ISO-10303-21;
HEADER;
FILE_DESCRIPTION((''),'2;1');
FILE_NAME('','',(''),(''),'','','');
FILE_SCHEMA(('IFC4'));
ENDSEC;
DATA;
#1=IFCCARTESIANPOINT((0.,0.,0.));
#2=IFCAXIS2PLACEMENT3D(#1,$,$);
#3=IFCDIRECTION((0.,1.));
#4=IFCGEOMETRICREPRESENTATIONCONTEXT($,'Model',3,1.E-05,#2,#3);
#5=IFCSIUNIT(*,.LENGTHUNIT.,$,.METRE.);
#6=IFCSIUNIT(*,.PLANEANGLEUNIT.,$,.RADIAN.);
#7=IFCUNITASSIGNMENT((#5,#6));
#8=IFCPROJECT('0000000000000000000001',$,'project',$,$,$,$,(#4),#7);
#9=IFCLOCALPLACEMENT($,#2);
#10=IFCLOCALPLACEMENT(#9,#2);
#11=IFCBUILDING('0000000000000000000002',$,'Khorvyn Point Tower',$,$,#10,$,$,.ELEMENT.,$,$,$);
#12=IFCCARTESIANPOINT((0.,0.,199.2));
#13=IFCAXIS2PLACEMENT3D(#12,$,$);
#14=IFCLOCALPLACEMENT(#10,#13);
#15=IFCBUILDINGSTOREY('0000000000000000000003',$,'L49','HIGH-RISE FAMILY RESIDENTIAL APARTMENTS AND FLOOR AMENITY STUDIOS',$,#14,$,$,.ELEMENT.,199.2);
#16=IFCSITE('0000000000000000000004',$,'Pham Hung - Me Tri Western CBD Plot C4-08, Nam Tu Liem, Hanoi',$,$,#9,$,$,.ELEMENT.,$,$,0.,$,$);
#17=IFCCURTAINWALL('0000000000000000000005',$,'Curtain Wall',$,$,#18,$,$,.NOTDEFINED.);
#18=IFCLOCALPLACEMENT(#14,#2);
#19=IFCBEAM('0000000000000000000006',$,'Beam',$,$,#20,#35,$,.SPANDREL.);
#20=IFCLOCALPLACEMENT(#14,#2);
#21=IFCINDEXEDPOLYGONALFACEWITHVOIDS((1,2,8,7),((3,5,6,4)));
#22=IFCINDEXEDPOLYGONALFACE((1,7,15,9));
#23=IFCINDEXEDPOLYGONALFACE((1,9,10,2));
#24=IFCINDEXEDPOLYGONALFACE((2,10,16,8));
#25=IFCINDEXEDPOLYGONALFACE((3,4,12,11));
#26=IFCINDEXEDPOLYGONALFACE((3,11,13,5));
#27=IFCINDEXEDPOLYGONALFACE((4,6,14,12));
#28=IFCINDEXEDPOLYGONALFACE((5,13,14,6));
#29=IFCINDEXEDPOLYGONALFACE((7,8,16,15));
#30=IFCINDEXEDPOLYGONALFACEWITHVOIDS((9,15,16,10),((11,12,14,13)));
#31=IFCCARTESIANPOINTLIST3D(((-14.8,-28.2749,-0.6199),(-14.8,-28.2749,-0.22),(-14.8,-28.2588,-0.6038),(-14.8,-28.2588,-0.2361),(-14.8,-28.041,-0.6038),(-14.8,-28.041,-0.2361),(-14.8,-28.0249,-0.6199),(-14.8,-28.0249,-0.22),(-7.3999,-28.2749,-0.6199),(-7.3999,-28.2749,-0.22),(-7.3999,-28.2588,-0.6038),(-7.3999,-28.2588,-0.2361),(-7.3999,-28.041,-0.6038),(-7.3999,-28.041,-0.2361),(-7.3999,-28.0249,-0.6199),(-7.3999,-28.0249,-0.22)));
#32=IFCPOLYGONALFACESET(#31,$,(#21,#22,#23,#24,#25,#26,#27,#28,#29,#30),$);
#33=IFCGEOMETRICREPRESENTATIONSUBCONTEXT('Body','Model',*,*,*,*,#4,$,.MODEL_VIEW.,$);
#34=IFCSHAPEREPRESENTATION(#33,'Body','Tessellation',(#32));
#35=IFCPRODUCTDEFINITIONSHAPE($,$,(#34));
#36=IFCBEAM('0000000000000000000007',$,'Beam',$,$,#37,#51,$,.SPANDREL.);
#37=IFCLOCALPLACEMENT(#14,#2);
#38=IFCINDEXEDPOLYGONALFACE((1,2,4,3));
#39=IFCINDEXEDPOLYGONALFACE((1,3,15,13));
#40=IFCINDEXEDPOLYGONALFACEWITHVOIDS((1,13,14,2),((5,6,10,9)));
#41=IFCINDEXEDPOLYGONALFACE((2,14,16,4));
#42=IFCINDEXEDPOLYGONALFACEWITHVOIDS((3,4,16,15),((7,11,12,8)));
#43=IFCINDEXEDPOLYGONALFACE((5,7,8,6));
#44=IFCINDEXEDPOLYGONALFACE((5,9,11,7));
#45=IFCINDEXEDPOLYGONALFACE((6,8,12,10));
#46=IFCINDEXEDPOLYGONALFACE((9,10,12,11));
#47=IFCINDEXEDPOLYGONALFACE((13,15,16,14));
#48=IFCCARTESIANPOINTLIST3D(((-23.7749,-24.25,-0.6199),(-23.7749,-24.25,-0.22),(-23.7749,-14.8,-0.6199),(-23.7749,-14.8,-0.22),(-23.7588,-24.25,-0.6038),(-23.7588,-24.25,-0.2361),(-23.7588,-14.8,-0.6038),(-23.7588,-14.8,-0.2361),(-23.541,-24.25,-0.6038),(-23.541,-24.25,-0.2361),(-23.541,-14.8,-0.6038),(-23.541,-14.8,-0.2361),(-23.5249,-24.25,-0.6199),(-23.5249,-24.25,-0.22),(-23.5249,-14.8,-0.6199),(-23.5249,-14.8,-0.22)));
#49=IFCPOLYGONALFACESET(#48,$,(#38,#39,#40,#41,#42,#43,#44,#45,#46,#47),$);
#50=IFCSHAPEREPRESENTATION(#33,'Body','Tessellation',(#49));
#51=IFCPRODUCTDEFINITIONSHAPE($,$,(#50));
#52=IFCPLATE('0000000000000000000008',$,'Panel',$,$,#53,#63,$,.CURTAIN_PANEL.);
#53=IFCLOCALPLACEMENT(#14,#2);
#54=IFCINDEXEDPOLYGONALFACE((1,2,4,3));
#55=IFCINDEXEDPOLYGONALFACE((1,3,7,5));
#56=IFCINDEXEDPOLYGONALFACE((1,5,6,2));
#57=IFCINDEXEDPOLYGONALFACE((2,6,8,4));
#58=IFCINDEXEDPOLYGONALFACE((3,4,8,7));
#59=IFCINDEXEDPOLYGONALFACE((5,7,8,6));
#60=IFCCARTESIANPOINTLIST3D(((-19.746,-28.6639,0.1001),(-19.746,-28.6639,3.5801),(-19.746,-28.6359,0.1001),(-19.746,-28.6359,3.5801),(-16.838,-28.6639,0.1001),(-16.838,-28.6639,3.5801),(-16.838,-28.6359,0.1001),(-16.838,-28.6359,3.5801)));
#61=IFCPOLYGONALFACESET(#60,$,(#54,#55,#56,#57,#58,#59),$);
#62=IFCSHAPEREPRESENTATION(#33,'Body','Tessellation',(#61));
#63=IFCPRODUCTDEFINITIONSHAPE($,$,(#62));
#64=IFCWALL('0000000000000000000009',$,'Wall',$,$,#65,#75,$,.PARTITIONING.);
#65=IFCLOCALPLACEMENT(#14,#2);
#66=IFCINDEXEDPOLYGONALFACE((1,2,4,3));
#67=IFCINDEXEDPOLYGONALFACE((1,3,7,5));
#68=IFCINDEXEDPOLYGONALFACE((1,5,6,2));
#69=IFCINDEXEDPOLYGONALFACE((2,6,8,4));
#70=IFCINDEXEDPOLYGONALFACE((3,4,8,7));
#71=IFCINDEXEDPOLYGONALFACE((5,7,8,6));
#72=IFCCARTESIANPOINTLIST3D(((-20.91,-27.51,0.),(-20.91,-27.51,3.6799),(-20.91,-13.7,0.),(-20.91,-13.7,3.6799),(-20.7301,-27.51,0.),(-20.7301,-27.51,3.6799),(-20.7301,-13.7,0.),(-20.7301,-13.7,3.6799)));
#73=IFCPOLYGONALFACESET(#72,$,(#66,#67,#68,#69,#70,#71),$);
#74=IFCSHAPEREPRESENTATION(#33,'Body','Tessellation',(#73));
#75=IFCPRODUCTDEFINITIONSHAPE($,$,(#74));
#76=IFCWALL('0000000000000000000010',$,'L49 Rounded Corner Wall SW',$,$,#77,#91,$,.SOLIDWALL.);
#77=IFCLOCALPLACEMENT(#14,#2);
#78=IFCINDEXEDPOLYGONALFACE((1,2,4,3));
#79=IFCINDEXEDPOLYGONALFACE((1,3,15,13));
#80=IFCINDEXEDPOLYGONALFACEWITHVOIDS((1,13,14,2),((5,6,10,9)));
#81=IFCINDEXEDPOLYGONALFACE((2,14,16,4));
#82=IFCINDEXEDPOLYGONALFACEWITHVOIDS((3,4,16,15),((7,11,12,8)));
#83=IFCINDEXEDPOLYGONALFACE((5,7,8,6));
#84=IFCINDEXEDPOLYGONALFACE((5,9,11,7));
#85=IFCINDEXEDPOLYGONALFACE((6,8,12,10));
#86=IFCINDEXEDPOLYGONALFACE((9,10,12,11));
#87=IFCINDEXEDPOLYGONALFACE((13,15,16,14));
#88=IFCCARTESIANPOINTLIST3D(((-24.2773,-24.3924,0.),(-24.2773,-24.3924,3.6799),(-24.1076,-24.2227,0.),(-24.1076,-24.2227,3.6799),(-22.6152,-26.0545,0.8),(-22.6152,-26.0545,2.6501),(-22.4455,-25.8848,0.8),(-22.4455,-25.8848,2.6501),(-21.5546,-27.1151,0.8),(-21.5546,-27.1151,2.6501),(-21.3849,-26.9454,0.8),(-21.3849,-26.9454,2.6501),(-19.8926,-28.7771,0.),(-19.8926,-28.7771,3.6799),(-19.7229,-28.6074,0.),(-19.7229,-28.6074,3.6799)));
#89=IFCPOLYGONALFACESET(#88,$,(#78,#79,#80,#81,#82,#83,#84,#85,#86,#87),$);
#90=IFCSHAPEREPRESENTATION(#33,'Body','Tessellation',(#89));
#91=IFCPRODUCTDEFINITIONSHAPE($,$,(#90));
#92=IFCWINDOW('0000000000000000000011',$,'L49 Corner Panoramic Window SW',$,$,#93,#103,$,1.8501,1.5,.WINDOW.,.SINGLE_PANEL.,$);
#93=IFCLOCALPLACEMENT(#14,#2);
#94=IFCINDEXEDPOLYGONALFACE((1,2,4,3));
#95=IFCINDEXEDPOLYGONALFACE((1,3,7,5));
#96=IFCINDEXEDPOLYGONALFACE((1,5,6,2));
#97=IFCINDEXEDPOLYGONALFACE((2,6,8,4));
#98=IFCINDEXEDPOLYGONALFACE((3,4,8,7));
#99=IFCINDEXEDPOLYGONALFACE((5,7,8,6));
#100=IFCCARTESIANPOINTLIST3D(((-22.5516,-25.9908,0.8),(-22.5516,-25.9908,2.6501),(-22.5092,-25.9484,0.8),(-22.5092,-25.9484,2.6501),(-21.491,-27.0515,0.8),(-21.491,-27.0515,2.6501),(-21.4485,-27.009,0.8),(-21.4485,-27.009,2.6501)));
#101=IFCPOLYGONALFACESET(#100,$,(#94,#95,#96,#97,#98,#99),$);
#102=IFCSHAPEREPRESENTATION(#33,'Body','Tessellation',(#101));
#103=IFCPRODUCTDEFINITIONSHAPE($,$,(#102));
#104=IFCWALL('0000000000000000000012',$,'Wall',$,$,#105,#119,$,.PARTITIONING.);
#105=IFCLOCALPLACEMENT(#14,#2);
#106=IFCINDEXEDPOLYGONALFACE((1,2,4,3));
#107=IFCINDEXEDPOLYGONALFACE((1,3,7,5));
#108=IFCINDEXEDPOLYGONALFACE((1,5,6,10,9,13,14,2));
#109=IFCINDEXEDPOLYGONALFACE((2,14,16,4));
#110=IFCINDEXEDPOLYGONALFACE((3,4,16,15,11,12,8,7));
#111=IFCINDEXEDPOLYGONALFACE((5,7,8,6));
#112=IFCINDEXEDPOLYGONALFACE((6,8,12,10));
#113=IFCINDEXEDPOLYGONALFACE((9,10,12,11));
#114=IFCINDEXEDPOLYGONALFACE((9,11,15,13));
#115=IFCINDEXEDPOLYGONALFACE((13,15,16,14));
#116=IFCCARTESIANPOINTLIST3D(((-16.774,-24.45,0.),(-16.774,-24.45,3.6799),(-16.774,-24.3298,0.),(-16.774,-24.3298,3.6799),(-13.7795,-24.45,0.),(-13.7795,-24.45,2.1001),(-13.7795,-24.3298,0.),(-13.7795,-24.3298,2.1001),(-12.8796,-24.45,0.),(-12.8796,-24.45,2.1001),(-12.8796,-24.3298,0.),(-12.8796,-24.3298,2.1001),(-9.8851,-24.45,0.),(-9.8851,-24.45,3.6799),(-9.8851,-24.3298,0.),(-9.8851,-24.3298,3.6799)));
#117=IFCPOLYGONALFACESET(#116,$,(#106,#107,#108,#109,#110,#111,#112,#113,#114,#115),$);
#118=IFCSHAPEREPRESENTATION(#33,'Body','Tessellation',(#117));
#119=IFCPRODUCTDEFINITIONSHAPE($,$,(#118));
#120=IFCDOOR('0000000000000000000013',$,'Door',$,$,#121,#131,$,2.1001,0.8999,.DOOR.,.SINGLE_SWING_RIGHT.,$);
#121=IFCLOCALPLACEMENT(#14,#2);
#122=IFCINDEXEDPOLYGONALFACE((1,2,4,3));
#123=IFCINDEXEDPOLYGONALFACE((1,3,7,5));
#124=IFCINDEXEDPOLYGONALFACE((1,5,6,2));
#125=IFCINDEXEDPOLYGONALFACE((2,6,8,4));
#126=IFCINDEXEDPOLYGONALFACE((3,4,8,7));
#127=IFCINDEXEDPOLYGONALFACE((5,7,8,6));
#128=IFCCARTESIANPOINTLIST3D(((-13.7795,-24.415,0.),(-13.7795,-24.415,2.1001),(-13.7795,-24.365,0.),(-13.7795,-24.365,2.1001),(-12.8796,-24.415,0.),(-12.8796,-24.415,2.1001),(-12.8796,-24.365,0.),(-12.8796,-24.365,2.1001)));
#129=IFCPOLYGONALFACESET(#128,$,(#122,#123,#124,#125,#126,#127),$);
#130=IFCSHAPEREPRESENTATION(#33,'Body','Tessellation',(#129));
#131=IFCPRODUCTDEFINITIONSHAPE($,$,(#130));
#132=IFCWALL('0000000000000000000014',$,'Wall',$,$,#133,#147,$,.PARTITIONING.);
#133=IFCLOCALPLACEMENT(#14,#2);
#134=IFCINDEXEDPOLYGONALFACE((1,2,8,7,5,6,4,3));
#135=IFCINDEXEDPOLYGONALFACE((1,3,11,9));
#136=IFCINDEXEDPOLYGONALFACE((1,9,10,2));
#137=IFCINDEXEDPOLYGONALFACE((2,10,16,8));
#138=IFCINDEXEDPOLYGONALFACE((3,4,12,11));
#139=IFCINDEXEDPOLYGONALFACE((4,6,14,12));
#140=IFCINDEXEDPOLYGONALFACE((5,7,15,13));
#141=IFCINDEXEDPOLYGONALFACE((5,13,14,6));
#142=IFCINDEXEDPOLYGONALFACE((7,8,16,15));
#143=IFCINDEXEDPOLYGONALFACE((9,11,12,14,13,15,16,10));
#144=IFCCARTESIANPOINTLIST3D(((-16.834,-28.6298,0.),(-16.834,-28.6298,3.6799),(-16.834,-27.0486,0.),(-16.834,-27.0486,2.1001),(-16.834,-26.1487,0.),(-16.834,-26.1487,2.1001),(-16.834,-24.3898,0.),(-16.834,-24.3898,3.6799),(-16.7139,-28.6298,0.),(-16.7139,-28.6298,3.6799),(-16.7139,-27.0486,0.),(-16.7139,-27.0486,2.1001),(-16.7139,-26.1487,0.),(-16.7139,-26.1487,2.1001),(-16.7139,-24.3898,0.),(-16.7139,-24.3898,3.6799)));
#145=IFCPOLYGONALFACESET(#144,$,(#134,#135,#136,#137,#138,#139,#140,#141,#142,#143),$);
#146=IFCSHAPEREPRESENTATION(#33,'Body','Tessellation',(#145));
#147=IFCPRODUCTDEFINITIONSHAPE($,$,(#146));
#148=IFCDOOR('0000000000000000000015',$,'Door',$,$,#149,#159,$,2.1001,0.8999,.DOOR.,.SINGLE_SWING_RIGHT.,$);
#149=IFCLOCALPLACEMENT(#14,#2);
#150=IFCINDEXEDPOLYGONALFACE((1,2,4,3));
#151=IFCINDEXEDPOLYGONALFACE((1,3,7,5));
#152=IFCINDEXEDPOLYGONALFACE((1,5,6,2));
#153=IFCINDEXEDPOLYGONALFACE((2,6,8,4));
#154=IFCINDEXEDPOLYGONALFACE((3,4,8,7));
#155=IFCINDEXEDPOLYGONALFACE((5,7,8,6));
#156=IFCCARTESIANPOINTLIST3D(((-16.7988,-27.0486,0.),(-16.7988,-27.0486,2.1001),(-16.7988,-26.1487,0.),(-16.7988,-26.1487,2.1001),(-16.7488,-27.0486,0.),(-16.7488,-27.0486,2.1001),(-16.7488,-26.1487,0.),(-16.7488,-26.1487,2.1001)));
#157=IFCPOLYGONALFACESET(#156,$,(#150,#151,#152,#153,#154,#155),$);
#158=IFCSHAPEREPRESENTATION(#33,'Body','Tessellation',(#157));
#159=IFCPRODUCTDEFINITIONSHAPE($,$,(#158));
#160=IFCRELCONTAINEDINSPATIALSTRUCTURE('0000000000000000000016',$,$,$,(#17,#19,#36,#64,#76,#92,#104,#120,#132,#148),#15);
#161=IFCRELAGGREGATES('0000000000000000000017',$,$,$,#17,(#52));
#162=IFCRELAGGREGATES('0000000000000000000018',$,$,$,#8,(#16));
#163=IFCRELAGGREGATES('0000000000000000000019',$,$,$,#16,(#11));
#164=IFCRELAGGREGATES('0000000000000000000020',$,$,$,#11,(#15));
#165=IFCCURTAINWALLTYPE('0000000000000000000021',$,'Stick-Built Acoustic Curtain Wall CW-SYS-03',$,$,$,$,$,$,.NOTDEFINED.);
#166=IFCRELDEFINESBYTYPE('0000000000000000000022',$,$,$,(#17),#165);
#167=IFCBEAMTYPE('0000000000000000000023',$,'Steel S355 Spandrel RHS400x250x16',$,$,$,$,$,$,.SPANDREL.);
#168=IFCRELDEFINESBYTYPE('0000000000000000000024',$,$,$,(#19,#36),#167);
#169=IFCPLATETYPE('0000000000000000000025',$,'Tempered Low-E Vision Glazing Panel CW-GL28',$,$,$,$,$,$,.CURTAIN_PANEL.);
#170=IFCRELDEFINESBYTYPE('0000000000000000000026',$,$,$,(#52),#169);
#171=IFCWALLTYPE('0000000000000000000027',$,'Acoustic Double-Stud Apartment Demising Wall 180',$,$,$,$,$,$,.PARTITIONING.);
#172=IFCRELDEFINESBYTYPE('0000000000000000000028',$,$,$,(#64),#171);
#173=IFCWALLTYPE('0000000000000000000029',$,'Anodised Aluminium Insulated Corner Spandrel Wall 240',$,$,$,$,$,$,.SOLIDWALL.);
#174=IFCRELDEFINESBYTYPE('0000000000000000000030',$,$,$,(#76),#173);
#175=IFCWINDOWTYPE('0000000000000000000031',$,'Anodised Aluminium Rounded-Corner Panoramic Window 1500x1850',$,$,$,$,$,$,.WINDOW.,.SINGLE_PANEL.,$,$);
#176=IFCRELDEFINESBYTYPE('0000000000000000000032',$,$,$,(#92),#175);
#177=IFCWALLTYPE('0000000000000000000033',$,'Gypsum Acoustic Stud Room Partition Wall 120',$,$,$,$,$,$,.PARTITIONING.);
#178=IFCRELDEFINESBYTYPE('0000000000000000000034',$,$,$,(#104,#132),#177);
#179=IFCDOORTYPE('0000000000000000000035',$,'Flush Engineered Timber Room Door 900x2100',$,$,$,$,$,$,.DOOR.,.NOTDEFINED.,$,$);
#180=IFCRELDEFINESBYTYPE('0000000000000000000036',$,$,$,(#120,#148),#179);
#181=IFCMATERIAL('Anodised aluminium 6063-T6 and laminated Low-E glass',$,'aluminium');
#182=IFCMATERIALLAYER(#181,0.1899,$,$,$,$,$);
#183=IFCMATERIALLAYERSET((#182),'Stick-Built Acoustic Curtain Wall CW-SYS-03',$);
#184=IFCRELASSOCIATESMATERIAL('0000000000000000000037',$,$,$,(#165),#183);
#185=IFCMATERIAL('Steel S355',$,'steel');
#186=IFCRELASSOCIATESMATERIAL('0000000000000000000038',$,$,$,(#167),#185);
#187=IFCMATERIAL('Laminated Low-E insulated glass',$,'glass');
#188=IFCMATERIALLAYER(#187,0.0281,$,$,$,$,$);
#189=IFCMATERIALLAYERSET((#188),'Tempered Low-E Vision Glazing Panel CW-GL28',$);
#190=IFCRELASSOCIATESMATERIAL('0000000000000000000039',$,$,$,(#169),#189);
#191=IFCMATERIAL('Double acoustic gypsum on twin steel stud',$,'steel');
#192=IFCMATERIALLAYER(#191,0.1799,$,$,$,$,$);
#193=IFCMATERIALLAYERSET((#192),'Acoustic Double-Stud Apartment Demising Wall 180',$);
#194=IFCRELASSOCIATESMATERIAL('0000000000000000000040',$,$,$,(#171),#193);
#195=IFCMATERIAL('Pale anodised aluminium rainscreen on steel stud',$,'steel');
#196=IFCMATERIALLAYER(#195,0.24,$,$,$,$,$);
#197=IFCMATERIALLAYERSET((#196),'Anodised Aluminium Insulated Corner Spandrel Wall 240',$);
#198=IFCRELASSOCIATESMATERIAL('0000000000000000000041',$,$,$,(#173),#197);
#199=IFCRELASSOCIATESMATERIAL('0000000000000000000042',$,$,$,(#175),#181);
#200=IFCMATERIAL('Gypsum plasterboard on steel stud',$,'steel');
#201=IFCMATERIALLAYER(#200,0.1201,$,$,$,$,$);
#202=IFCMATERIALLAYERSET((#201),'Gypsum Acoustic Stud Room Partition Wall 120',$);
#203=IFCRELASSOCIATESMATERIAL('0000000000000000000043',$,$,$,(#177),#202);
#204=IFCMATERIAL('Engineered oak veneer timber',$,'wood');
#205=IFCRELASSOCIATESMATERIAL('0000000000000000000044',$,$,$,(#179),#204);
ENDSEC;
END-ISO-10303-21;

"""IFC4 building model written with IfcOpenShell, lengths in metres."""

from ifc_helpers import new_model, si_unit, direction, frame, frame_2d, origin, origin_2d, place, context, subcontext, project, spatial, rectangle, hollow_rectangle, extrude, material, layer, layer_set, material_profile, profile_set, type_object, element, fill, aggregate, save


model = new_model("IFC4")

# Units and contexts
model_context = context("Model", 3, precision=1e-05, world=origin(), true_north=direction((0.0, 1.0)))
body_context = subcontext(model_context, "Body", "Model", "MODEL_VIEW")
ifc_project = project(units=[si_unit("LENGTHUNIT", "METRE"), si_unit("PLANEANGLEUNIT", "RADIAN")], contexts=[model_context])

# Site, building, storey
site_placement = place(None, origin())
site = spatial("IfcSite", under=ifc_project, at=site_placement, Name="Pham Hung - Me Tri Western CBD Plot C4-08, Nam Tu Liem, Hanoi", CompositionType="ELEMENT", RefElevation=0.0)
building_placement = place(site_placement, origin())
building = spatial("IfcBuilding", under=site, at=building_placement, Name="Khorvyn Point Tower", CompositionType="ELEMENT")
storey_placement = place(building_placement, frame((0.0, 0.0, 199.2)))
storey = spatial("IfcBuildingStorey", under=building, at=storey_placement, Name="L49", Description="HIGH-RISE FAMILY RESIDENTIAL APARTMENTS AND FLOOR AMENITY STUDIOS", CompositionType="ELEMENT", Elevation=199.2)

# Curtain wall
ifc_material_1 = material(Name="Anodised aluminium 6063-T6 and laminated Low-E glass", Category="aluminium")
ifc_layer_1 = layer(ifc_material_1, 0.1899)
ifc_layer_set_1 = layer_set([ifc_layer_1], Name="Stick-Built Acoustic Curtain Wall CW-SYS-03")
curtain_wall_type = type_object("IfcCurtainWallType", Name="Stick-Built Acoustic Curtain Wall CW-SYS-03", PredefinedType="NOTDEFINED", material=ifc_layer_set_1)
curtain_wall_1_placement = place(storey_placement, origin())
curtain_wall_1 = element("IfcCurtainWall", 1, at=curtain_wall_1_placement, inside=storey, type_object=curtain_wall_type, Name="Curtain Wall", PredefinedType="NOTDEFINED")

# Beams
ifc_material_2 = material(Name="Steel S355", Category="steel")
ifc_material_profile_1 = material_profile(ifc_material_2, hollow_rectangle(XDim=0.25, YDim=0.3999, WallThickness=0.0161, at=origin_2d()))
ifc_profile_set_1 = profile_set([ifc_material_profile_1], Name="Steel S355 RHS400x250x16")
beam_type_1 = type_object("IfcBeamType", Name="Steel S355 Spandrel RHS400x250x16", PredefinedType="SPANDREL", material=ifc_profile_set_1)
beam_1_placement = place(storey_placement, frame((-14.8, -28.1499, -0.4199), z_axis=(1.0, 0.0, 0.0), x_axis=(0.0, 1.0, 0.0)))
element("IfcBeam", 2, at=beam_1_placement, inside=storey, type_object=beam_type_1, Name="Beam", PredefinedType="SPANDREL", context=body_context, shape_type="SweptSolid", body=[
    extrude(hollow_rectangle(XDim=0.25, YDim=0.3999, WallThickness=0.0161, at=origin_2d()), origin(), (0.0, 0.0, 1.0), 7.4001),
])
beam_2_placement = place(storey_placement, frame((-23.6499, -24.25, -0.4199), z_axis=(0.0, 1.0, 0.0), x_axis=(-1.0, 0.0, 0.0)))
element("IfcBeam", 3, at=beam_2_placement, inside=storey, type_object=beam_type_1, Name="Beam", PredefinedType="SPANDREL", context=body_context, shape_type="SweptSolid", body=[
    extrude(hollow_rectangle(XDim=0.25, YDim=0.3999, WallThickness=0.0161, at=origin_2d()), origin(), (0.0, 0.0, 1.0), 9.45),
])

# Plate
ifc_material_3 = material(Name="Laminated Low-E insulated glass", Category="glass")
ifc_layer_2 = layer(ifc_material_3, 0.0281)
ifc_layer_set_2 = layer_set([ifc_layer_2], Name="Tempered Low-E Vision Glazing Panel CW-GL28")
plate_type = type_object("IfcPlateType", Name="Tempered Low-E Vision Glazing Panel CW-GL28", PredefinedType="CURTAIN_PANEL", material=ifc_layer_set_2)
plate_placement = place(storey_placement, frame((-18.292, -28.6499, 0.1001), z_axis=(0.0, 0.0, 1.0), x_axis=(-1.0, 0.0, 0.0)))
plate = element("IfcPlate", 4, at=plate_placement, type_object=plate_type, Name="Panel", PredefinedType="CURTAIN_PANEL", context=body_context, shape_type="SweptSolid", body=[
    extrude(rectangle(XDim=2.908, YDim=0.0281, at=origin_2d()), origin(), (0.0, 0.0, 1.0), 3.48),
])
aggregate(curtain_wall_1, [plate])

# Wall
ifc_material_4 = material(Name="Double acoustic gypsum on twin steel stud", Category="steel")
ifc_layer_3 = layer(ifc_material_4, 0.1799)
ifc_layer_set_3 = layer_set([ifc_layer_3], Name="Acoustic Double-Stud Apartment Demising Wall 180")
wall_type_1 = type_object("IfcWallType", Name="Acoustic Double-Stud Apartment Demising Wall 180", PredefinedType="PARTITIONING", material=ifc_layer_set_3)
wall_1_placement = place(storey_placement, frame((-20.8201, -27.51, 0.0), z_axis=(0.0, 0.0, 1.0), x_axis=(0.0, 1.0, 0.0)))
element("IfcWall", 5, at=wall_1_placement, inside=storey, type_object=wall_type_1, Name="Wall", PredefinedType="PARTITIONING", context=body_context, shape_type="SweptSolid", body=[
    extrude(rectangle(XDim=13.8101, YDim=0.1799, at=frame_2d((6.905, 0.0))), origin(), (0.0, 0.0, 1.0), 3.6799),
])

# Wall, opening, window
ifc_material_5 = material(Name="Pale anodised aluminium rainscreen on steel stud", Category="steel")
ifc_layer_4 = layer(ifc_material_5, 0.24)
ifc_layer_set_4 = layer_set([ifc_layer_4], Name="Anodised Aluminium Insulated Corner Spandrel Wall 240")
wall_type_2 = type_object("IfcWallType", Name="Anodised Aluminium Insulated Corner Spandrel Wall 240", PredefinedType="SOLIDWALL", material=ifc_layer_set_4)
wall_2_placement = place(storey_placement, frame((-19.8076, -28.6924, 0.0), z_axis=(0.0, 0.0, 1.0), x_axis=(-0.707107, 0.707107, 0.0)))
wall_2 = element("IfcWall", 6, at=wall_2_placement, inside=storey, type_object=wall_type_2, Name="L49 Rounded Corner Wall SW", PredefinedType="SOLIDWALL", context=body_context, shape_type="SweptSolid", body=[
    extrude(rectangle(XDim=6.2009, YDim=0.24, at=frame_2d((3.1006, 0.0))), origin(), (0.0, 0.0, 1.0), 3.6799),
])
opening_1_placement = place(wall_2_placement, frame((2.3506, 0.0, 0.8)))
opening_1 = element("IfcOpeningElement", 7, at=opening_1_placement, cuts=wall_2, PredefinedType="OPENING", context=body_context, shape_type="SweptSolid", body=[
    extrude(rectangle(XDim=1.5, YDim=1.8501, at=frame_2d((0.75, 0.925))), frame((0.0, 0.1299, 0.0), z_axis=(0.0, -1.0, 0.0), x_axis=(1.0, 0.0, 0.0)), (0.0, 0.0, 1.0), 0.26),
])
window_type = type_object("IfcWindowType", Name="Anodised Aluminium Rounded-Corner Panoramic Window 1500x1850", PartitioningType="SINGLE_PANEL", PredefinedType="WINDOW", material=ifc_material_1)
window_placement = place(opening_1_placement, origin())
window = element("IfcWindow", 8, at=window_placement, inside=storey, type_object=window_type, Name="L49 Corner Panoramic Window SW", OverallHeight=1.8501, OverallWidth=1.5, PartitioningType="SINGLE_PANEL", PredefinedType="WINDOW", context=body_context, shape_type="SweptSolid", body=[
    extrude(rectangle(XDim=1.5, YDim=1.8501, at=frame_2d((0.75, 0.925))), frame((0.0, 0.03, 0.0), z_axis=(0.0, -1.0, 0.0), x_axis=(1.0, 0.0, 0.0)), (0.0, 0.0, 1.0), 0.0601),
])
fill(opening_1, window)

# Walls, openings, doors
ifc_material_6 = material(Name="Gypsum plasterboard on steel stud", Category="steel")
ifc_layer_5 = layer(ifc_material_6, 0.1201)
ifc_layer_set_5 = layer_set([ifc_layer_5], Name="Gypsum Acoustic Stud Room Partition Wall 120")
wall_type_3 = type_object("IfcWallType", Name="Gypsum Acoustic Stud Room Partition Wall 120", PredefinedType="PARTITIONING", material=ifc_layer_set_5)
wall_3_placement = place(storey_placement, frame((-16.7739, -24.3899, 0.0), z_axis=(0.0, 0.0, 1.0), x_axis=(1.0, 0.0, 0.0)))
wall_3 = element("IfcWall", 9, at=wall_3_placement, inside=storey, type_object=wall_type_3, Name="Wall", PredefinedType="PARTITIONING", context=body_context, shape_type="SweptSolid", body=[
    extrude(rectangle(XDim=6.8889, YDim=0.1201, at=frame_2d((3.4443, 0.0))), origin(), (0.0, 0.0, 1.0), 3.6799),
])
opening_2_placement = place(wall_3_placement, frame((2.9944, 0.0, 0.0)))
opening_2 = element("IfcOpeningElement", 10, at=opening_2_placement, cuts=wall_3, PredefinedType="OPENING", context=body_context, shape_type="SweptSolid", body=[
    extrude(rectangle(XDim=0.8999, YDim=2.1001, at=frame_2d((0.45, 1.05))), frame((0.0, 0.0701, 0.0), z_axis=(0.0, -1.0, 0.0), x_axis=(1.0, 0.0, 0.0)), (0.0, 0.0, 1.0), 0.1401),
])
ifc_material_7 = material(Name="Engineered oak veneer timber", Category="wood")
door_type_1 = type_object("IfcDoorType", Name="Flush Engineered Timber Room Door 900x2100", OperationType="NOTDEFINED", PredefinedType="DOOR", material=ifc_material_7)
door_1_placement = place(opening_2_placement, origin())
door_1 = element("IfcDoor", 11, at=door_1_placement, inside=storey, type_object=door_type_1, Name="Door", OperationType="SINGLE_SWING_RIGHT", OverallHeight=2.1001, OverallWidth=0.8999, PredefinedType="DOOR", context=body_context, shape_type="SweptSolid", body=[
    extrude(rectangle(XDim=0.8999, YDim=2.1001, at=frame_2d((0.45, 1.05))), frame((0.0, 0.0249, 0.0), z_axis=(0.0, -1.0, 0.0), x_axis=(1.0, 0.0, 0.0)), (0.0, 0.0, 1.0), 0.05),
])
fill(opening_2, door_1)
wall_4_placement = place(storey_placement, frame((-16.7739, -28.6299, 0.0), z_axis=(0.0, 0.0, 1.0), x_axis=(0.0, 1.0, 0.0)))
wall_4 = element("IfcWall", 12, at=wall_4_placement, inside=storey, type_object=wall_type_3, Name="Wall", PredefinedType="PARTITIONING", context=body_context, shape_type="SweptSolid", body=[
    extrude(rectangle(XDim=4.24, YDim=0.1201, at=frame_2d((2.1201, 0.0))), origin(), (0.0, 0.0, 1.0), 3.6799),
])
opening_3_placement = place(wall_4_placement, frame((1.5813, 0.0, 0.0)))
opening_3 = element("IfcOpeningElement", 13, at=opening_3_placement, cuts=wall_4, PredefinedType="OPENING", context=body_context, shape_type="SweptSolid", body=[
    extrude(rectangle(XDim=0.8999, YDim=2.1001, at=frame_2d((0.45, 1.05))), frame((0.0, 0.0701, 0.0), z_axis=(0.0, -1.0, 0.0), x_axis=(1.0, 0.0, 0.0)), (0.0, 0.0, 1.0), 0.1401),
])
door_2_placement = place(opening_3_placement, origin())
door_2 = element("IfcDoor", 14, at=door_2_placement, inside=storey, type_object=door_type_1, Name="Door", OperationType="SINGLE_SWING_RIGHT", OverallHeight=2.1001, OverallWidth=0.8999, PredefinedType="DOOR", context=body_context, shape_type="SweptSolid", body=[
    extrude(rectangle(XDim=0.8999, YDim=2.1001, at=frame_2d((0.45, 1.05))), frame((0.0, 0.0249, 0.0), z_axis=(0.0, -1.0, 0.0), x_axis=(1.0, 0.0, 0.0)), (0.0, 0.0, 1.0), 0.05),
])
fill(opening_3, door_2)

save(model, "model.ifc")
